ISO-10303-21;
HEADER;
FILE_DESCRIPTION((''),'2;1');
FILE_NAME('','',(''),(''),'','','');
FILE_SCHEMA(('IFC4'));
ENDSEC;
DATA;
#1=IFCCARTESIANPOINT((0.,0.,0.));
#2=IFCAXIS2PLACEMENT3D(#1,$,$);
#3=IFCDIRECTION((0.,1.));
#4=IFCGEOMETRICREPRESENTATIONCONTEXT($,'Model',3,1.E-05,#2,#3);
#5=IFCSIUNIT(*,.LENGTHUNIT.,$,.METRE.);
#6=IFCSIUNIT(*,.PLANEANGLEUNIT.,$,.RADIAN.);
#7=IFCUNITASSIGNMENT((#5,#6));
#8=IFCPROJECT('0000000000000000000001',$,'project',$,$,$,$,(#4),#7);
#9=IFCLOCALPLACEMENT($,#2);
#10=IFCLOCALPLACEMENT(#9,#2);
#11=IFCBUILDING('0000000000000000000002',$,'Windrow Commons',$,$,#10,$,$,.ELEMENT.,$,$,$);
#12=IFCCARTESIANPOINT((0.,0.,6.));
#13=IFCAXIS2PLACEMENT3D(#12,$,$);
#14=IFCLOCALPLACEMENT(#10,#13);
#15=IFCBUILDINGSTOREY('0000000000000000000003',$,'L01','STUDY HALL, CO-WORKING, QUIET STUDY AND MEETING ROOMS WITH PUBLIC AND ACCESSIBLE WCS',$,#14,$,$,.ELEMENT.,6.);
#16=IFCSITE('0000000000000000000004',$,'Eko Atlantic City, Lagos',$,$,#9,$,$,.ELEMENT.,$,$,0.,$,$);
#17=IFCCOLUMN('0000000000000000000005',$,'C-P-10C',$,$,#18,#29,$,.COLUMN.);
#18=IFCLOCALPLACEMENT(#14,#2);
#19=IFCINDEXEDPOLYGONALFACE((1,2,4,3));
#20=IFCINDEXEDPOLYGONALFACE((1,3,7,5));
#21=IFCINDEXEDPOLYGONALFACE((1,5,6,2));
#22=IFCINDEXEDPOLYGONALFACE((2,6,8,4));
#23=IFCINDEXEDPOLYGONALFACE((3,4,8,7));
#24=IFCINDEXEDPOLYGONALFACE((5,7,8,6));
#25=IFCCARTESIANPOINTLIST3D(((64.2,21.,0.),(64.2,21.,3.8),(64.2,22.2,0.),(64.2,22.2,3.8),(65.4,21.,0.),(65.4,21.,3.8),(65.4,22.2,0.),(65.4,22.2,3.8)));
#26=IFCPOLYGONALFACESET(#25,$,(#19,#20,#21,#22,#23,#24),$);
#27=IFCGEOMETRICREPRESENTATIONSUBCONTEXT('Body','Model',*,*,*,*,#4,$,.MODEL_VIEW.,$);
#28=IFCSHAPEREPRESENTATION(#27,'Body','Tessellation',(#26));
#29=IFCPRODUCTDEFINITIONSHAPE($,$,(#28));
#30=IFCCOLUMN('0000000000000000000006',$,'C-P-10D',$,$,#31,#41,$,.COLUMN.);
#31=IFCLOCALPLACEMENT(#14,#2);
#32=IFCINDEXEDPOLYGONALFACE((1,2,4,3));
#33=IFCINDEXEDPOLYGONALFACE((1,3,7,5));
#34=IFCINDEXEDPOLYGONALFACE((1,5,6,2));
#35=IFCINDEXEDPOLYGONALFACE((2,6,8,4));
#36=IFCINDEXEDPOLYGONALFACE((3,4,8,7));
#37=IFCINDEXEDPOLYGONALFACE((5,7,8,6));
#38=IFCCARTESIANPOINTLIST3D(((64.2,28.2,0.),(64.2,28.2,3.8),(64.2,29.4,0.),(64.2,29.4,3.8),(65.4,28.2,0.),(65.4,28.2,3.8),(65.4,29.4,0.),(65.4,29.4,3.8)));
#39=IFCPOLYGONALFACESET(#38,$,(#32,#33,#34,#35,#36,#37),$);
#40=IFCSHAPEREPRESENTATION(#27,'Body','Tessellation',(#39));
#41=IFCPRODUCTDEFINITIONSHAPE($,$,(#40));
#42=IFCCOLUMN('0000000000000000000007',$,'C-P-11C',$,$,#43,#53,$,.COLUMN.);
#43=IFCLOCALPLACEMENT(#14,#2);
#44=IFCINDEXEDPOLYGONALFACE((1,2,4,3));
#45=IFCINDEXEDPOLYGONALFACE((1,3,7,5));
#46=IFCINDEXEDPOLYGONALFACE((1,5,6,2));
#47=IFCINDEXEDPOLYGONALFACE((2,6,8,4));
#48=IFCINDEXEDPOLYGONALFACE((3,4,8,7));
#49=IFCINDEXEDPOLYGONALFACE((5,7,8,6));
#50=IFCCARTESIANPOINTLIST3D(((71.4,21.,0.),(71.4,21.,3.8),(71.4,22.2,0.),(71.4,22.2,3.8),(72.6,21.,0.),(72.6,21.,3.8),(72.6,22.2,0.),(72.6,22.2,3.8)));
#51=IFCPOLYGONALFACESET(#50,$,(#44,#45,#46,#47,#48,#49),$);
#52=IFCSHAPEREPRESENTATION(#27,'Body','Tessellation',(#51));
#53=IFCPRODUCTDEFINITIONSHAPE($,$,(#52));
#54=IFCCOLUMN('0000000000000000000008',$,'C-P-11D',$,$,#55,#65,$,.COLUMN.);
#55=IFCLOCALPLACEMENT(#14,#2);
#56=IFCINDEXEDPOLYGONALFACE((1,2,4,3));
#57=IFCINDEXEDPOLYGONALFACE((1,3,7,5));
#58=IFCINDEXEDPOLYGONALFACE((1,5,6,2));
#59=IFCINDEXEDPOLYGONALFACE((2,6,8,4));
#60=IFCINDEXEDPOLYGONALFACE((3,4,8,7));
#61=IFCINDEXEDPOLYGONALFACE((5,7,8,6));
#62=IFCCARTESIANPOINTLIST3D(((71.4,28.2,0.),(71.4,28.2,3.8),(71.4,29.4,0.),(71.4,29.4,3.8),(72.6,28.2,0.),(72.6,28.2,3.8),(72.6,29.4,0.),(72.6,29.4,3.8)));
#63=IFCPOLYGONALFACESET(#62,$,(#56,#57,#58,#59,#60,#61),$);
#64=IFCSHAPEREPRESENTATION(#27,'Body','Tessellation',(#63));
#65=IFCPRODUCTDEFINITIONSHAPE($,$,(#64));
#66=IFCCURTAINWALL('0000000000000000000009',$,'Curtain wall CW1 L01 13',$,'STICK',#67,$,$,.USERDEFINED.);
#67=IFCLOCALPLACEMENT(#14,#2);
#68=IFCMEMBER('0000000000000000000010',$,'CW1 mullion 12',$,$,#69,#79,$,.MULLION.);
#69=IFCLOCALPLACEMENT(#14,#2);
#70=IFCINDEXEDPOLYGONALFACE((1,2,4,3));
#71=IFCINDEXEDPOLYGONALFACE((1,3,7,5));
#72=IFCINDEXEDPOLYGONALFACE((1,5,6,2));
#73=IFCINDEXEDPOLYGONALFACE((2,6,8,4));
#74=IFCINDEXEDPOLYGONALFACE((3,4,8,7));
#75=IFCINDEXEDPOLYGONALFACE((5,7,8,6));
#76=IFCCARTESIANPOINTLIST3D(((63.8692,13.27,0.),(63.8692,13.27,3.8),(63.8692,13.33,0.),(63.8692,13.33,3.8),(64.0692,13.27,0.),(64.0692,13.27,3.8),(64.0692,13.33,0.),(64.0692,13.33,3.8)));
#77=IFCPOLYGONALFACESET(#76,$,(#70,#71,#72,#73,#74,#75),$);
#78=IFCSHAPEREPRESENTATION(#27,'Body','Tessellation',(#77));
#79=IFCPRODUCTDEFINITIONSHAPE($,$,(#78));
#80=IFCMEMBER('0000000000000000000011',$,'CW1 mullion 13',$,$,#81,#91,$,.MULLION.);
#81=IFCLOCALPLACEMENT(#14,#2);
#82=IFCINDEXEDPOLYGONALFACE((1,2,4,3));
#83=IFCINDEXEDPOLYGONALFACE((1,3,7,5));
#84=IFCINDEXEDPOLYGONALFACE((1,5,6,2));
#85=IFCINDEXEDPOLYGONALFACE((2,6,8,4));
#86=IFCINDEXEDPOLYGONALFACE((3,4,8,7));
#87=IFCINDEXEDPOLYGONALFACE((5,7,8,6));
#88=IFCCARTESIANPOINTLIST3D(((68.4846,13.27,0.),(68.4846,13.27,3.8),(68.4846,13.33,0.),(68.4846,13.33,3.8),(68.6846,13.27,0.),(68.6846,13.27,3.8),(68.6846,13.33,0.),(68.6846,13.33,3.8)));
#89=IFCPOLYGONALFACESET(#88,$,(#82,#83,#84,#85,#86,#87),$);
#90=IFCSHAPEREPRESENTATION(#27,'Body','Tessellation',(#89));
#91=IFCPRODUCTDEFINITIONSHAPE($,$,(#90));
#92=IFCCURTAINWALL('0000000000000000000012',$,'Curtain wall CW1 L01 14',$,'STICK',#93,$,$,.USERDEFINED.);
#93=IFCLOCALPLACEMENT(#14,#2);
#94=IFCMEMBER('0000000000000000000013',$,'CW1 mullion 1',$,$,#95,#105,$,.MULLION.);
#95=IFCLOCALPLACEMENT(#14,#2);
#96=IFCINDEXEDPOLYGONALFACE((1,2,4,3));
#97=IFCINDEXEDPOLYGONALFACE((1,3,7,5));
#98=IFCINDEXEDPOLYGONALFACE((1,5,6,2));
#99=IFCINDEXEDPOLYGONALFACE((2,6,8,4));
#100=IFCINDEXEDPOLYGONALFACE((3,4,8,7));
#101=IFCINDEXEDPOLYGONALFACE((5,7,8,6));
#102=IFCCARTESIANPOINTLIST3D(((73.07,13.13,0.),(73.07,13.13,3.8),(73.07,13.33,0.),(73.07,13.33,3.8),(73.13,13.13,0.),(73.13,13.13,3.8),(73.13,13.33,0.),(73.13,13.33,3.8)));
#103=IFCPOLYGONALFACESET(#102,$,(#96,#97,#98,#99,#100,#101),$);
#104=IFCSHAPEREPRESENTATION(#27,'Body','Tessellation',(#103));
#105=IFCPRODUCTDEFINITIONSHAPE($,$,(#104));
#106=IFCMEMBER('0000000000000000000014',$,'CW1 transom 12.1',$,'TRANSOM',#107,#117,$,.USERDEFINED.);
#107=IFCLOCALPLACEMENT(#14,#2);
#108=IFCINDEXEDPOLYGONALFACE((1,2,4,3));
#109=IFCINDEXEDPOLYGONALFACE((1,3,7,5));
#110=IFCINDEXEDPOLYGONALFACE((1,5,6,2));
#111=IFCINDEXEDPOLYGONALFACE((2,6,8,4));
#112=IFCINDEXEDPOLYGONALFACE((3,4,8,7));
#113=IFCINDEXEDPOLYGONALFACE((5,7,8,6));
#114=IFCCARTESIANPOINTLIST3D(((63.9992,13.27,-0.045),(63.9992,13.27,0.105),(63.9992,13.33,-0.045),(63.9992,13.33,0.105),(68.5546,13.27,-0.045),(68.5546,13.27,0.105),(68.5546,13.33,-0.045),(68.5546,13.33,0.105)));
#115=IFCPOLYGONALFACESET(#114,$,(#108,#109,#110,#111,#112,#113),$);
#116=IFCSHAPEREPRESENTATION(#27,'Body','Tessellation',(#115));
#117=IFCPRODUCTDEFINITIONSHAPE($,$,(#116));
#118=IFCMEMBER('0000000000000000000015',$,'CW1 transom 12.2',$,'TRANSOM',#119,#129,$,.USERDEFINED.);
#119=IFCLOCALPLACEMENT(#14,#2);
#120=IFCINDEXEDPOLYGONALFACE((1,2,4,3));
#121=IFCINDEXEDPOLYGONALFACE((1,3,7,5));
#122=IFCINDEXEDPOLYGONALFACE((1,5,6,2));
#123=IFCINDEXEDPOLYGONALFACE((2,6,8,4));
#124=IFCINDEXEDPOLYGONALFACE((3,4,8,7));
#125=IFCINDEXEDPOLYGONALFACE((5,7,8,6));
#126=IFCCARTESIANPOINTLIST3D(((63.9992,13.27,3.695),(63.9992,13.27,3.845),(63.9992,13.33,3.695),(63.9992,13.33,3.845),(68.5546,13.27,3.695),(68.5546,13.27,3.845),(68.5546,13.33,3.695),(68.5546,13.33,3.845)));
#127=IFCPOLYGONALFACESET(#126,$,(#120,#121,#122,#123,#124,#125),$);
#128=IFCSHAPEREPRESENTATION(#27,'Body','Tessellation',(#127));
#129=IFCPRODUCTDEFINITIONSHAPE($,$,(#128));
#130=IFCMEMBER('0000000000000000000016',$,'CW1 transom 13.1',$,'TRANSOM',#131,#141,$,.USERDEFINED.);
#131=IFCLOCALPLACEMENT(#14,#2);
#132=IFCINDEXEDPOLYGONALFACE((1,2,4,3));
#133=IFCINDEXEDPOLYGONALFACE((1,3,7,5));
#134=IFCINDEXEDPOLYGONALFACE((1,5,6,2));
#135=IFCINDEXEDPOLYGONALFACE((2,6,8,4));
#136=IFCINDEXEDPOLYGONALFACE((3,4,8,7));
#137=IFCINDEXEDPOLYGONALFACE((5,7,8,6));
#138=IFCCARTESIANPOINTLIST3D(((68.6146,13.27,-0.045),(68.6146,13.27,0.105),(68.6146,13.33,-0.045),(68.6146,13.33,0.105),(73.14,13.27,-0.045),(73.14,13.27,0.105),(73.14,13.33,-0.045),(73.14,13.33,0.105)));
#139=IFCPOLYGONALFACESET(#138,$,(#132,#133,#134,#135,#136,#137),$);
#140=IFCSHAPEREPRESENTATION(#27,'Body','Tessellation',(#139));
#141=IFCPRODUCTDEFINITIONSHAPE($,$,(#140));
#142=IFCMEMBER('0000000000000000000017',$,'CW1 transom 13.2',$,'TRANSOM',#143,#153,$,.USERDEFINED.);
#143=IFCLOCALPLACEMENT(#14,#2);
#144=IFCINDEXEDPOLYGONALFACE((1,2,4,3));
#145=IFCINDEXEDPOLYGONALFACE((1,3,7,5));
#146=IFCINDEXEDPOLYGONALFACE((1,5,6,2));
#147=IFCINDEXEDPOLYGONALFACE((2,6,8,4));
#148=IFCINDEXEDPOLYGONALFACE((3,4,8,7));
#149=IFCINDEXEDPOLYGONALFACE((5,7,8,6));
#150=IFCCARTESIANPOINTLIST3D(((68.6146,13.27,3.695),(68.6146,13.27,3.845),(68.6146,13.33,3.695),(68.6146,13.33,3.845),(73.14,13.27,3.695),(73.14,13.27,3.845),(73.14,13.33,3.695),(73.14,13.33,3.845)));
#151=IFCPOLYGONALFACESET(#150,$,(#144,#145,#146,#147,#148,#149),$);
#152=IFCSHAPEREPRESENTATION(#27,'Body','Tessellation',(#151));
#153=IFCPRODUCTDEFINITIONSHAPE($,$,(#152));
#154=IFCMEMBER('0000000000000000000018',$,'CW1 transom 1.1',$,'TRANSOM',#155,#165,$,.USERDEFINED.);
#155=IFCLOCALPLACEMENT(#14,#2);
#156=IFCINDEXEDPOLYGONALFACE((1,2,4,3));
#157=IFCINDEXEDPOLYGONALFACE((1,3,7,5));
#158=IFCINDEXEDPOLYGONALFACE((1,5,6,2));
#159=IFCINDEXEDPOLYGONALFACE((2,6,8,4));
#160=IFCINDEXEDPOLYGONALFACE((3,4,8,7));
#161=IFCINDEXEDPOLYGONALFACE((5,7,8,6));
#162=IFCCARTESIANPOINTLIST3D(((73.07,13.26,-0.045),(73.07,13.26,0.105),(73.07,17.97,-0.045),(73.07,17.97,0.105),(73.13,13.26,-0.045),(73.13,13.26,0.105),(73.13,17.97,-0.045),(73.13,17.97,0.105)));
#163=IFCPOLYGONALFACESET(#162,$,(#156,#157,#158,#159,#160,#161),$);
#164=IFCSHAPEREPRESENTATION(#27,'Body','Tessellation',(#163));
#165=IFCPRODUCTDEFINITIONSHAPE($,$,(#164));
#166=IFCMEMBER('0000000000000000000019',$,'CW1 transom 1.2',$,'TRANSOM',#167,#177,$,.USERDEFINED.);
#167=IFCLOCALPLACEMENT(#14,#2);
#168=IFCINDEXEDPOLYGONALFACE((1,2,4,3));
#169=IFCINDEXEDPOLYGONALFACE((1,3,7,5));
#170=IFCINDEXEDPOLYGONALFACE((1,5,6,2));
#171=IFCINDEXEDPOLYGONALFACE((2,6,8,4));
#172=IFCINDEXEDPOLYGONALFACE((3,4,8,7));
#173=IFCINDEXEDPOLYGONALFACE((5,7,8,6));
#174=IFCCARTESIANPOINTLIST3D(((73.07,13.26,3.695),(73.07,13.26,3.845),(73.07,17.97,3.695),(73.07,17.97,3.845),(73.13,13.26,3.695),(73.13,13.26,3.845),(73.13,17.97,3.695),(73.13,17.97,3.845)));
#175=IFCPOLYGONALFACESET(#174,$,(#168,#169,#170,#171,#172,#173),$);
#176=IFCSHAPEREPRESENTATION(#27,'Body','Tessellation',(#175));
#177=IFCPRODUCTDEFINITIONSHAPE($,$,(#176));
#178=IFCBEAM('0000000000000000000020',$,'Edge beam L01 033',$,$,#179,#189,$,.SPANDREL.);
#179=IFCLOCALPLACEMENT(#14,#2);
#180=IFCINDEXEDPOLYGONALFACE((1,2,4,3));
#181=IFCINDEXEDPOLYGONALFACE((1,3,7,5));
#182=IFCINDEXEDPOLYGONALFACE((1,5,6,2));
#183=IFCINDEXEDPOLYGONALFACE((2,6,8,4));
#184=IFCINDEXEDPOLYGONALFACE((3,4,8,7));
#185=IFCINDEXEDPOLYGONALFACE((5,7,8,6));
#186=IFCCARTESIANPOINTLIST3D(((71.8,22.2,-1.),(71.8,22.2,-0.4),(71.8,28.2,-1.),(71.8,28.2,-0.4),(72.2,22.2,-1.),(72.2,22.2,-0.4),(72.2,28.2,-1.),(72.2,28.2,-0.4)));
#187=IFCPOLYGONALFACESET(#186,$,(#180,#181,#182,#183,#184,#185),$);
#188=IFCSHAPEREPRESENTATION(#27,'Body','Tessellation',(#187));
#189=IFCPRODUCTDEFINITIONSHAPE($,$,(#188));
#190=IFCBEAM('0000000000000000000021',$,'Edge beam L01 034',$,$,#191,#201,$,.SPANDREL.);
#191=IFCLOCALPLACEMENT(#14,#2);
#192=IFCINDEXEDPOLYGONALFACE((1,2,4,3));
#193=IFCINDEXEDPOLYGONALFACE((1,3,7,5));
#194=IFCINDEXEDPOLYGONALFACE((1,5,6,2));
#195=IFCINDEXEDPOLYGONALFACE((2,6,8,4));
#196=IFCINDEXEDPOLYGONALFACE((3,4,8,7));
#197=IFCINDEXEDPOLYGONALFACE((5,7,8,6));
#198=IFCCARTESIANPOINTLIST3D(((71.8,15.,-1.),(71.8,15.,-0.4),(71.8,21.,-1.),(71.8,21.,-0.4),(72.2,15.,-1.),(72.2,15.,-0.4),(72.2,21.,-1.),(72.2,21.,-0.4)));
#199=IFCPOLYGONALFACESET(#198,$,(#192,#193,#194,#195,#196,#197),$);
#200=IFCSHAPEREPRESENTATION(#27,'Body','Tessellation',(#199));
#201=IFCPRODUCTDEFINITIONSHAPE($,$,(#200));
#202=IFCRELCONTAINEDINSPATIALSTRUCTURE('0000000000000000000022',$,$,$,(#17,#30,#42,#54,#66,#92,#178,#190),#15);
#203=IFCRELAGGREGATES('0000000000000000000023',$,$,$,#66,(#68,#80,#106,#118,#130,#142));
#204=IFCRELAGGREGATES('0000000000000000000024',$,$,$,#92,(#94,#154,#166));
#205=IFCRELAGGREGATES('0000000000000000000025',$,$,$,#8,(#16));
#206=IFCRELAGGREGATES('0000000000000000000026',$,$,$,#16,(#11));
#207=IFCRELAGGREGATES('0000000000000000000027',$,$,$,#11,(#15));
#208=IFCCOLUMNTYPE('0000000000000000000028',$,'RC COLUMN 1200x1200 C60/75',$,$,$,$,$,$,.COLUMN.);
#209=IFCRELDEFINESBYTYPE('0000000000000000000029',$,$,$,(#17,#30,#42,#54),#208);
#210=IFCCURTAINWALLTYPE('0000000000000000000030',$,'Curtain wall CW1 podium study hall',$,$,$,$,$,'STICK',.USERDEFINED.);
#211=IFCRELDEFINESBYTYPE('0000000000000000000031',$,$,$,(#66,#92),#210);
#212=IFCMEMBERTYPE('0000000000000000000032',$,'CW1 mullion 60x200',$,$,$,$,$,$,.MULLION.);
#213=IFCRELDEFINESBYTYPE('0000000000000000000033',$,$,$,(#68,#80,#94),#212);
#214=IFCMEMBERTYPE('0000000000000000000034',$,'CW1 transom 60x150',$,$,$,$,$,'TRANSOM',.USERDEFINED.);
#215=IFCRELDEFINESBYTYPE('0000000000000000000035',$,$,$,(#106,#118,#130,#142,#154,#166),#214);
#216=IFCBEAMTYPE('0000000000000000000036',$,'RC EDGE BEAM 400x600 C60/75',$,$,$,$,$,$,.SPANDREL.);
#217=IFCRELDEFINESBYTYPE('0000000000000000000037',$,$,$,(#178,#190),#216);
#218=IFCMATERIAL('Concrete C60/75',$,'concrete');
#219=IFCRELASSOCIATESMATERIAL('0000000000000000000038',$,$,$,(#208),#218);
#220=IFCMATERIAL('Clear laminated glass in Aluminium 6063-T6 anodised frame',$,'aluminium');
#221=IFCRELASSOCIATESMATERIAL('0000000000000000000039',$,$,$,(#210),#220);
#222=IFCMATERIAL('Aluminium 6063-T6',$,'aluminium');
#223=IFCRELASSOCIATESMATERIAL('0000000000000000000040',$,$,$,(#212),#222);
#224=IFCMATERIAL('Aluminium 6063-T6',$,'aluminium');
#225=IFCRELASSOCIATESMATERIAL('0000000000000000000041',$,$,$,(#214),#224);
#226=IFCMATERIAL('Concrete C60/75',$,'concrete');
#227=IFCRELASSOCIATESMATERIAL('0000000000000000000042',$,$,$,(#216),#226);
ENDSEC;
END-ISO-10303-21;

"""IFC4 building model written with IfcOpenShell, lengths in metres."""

from ifc_helpers import new_model, si_unit, direction, frame, origin, origin_2d, place, context, subcontext, project, spatial, rectangle, extrude, material, material_profile, profile_set, type_object, element, aggregate, save


model = new_model("IFC4")

# Units and contexts
model_context = context("Model", 3, precision=1e-05, world=origin(), true_north=direction((0.0, 1.0)))
body_context = subcontext(model_context, "Body", "Model", "MODEL_VIEW")
ifc_project = project(units=[si_unit("LENGTHUNIT", "METRE"), si_unit("PLANEANGLEUNIT", "RADIAN")], contexts=[model_context])

# Site, building, storey
site_placement = place(None, origin())
site = spatial("IfcSite", under=ifc_project, at=site_placement, Name="Eko Atlantic City, Lagos", CompositionType="ELEMENT", RefElevation=0.0)
building_placement = place(site_placement, origin())
building = spatial("IfcBuilding", under=site, at=building_placement, Name="Windrow Commons", CompositionType="ELEMENT")
storey_placement = place(building_placement, frame((0.0, 0.0, 6.0)))
storey = spatial("IfcBuildingStorey", under=building, at=storey_placement, Name="L01", Description="STUDY HALL, CO-WORKING, QUIET STUDY AND MEETING ROOMS WITH PUBLIC AND ACCESSIBLE WCS", CompositionType="ELEMENT", Elevation=6.0)

# Columns
ifc_material_1 = material(Name="Concrete C60/75", Category="concrete")
ifc_material_profile_1 = material_profile(ifc_material_1, rectangle(XDim=1.2, YDim=1.2, at=origin_2d()))
ifc_profile_set_1 = profile_set([ifc_material_profile_1], Name="Concrete C60/75")
column_type = type_object("IfcColumnType", Name="RC COLUMN 1200x1200 C60/75", PredefinedType="COLUMN", material=ifc_profile_set_1)
for number, where, z_axis, x_axis, name in (
    (1, (64.8, 21.6, 0.0), (0.0, 0.0, 1.0), (1.0, 0.0, 0.0), "C-P-10C"),
    (2, (64.8, 28.8, 0.0), (0.0, 0.0, 1.0), (1.0, 0.0, 0.0), "C-P-10D"),
    (3, (72.0, 21.6, 0.0), (0.0, 0.0, 1.0), (1.0, 0.0, 0.0), "C-P-11C"),
    (4, (72.0, 28.8, 0.0), (0.0, 0.0, 1.0), (1.0, 0.0, 0.0), "C-P-11D"),
):
    element("IfcColumn", number, at=place(storey_placement, frame(where, z_axis=z_axis, x_axis=x_axis)), inside=storey, type_object=column_type, Name=name, PredefinedType="COLUMN", context=body_context, shape_type="SweptSolid", body=[
        extrude(rectangle(XDim=1.2, YDim=1.2, at=origin_2d()), origin(), (0.0, 0.0, 1.0), 3.8),
    ])

# Curtain wall, members
ifc_material_2 = material(Name="Clear laminated glass in Aluminium 6063-T6 anodised frame", Category="aluminium")
curtain_wall_type = type_object("IfcCurtainWallType", Name="Curtain wall CW1 podium study hall", ElementType="STICK", PredefinedType="USERDEFINED", material=ifc_material_2)
placement = place(storey_placement, origin())
curtain_wall_1 = element("IfcCurtainWall", 5, at=placement, inside=storey, type_object=curtain_wall_type, Name="Curtain wall CW1 L01 13", ObjectType="STICK", PredefinedType="USERDEFINED")
ifc_material_3 = material(Name="Aluminium 6063-T6", Category="aluminium")
ifc_material_profile_2 = material_profile(ifc_material_3, rectangle(XDim=0.06, YDim=0.2, at=origin_2d()))
ifc_profile_set_2 = profile_set([ifc_material_profile_2], Name="Aluminium 6063-T6")
member_type_1 = type_object("IfcMemberType", Name="CW1 mullion 60x200", PredefinedType="MULLION", material=ifc_profile_set_2)
member_1_placement = place(storey_placement, frame((63.9692, 13.3, 0.0), z_axis=(0.0, 0.0, 1.0), x_axis=(0.0, 1.0, 0.0)))
member_1 = element("IfcMember", 6, at=member_1_placement, type_object=member_type_1, Name="CW1 mullion 12", PredefinedType="MULLION", context=body_context, shape_type="SweptSolid", body=[
    extrude(rectangle(XDim=0.06, YDim=0.2, at=origin_2d()), origin(), (0.0, 0.0, 1.0), 3.8),
])
member_2_placement = place(storey_placement, frame((68.5846, 13.3, 0.0), z_axis=(0.0, 0.0, 1.0), x_axis=(0.0, 1.0, 0.0)))
member_2 = element("IfcMember", 7, at=member_2_placement, type_object=member_type_1, Name="CW1 mullion 13", PredefinedType="MULLION", context=body_context, shape_type="SweptSolid", body=[
    extrude(rectangle(XDim=0.06, YDim=0.2, at=origin_2d()), origin(), (0.0, 0.0, 1.0), 3.8),
])

# Curtain wall, member
curtain_wall_2 = element("IfcCurtainWall", 8, at=placement, inside=storey, type_object=curtain_wall_type, Name="Curtain wall CW1 L01 14", ObjectType="STICK", PredefinedType="USERDEFINED")
member_3_placement = place(storey_placement, frame((73.1, 13.23, 0.0), z_axis=(0.0, 0.0, 1.0), x_axis=(-1.0, 0.0, 0.0)))
member_3 = element("IfcMember", 9, at=member_3_placement, type_object=member_type_1, Name="CW1 mullion 1", PredefinedType="MULLION", context=body_context, shape_type="SweptSolid", body=[
    extrude(rectangle(XDim=0.06, YDim=0.2, at=origin_2d()), origin(), (0.0, 0.0, 1.0), 3.8),
])

# Members
ifc_material_4 = material(Name="Aluminium 6063-T6", Category="aluminium")
ifc_material_profile_3 = material_profile(ifc_material_4, rectangle(XDim=0.06, YDim=0.15, at=origin_2d()))
ifc_profile_set_3 = profile_set([ifc_material_profile_3], Name="Aluminium 6063-T6")
member_type_2 = type_object("IfcMemberType", Name="CW1 transom 60x150", ElementType="TRANSOM", PredefinedType="USERDEFINED", material=ifc_profile_set_3)
member_4_placement = place(storey_placement, frame((63.9992, 13.3, 0.03), z_axis=(1.0, 0.0, 0.0), x_axis=(0.0, 1.0, 0.0)))
member_4 = element("IfcMember", 10, at=member_4_placement, type_object=member_type_2, Name="CW1 transom 12.1", ObjectType="TRANSOM", PredefinedType="USERDEFINED", context=body_context, shape_type="SweptSolid", body=[
    extrude(rectangle(XDim=0.06, YDim=0.15, at=origin_2d()), origin(), (0.0, 0.0, 1.0), 4.5554),
])
member_5_placement = place(storey_placement, frame((63.9992, 13.3, 3.77), z_axis=(1.0, 0.0, 0.0), x_axis=(0.0, 1.0, 0.0)))
member_5 = element("IfcMember", 11, at=member_5_placement, type_object=member_type_2, Name="CW1 transom 12.2", ObjectType="TRANSOM", PredefinedType="USERDEFINED", context=body_context, shape_type="SweptSolid", body=[
    extrude(rectangle(XDim=0.06, YDim=0.15, at=origin_2d()), origin(), (0.0, 0.0, 1.0), 4.5554),
])
member_6_placement = place(storey_placement, frame((68.6146, 13.3, 0.03), z_axis=(1.0, 0.0, 0.0), x_axis=(0.0, 1.0, 0.0)))
member_6 = element("IfcMember", 12, at=member_6_placement, type_object=member_type_2, Name="CW1 transom 13.1", ObjectType="TRANSOM", PredefinedType="USERDEFINED", context=body_context, shape_type="SweptSolid", body=[
    extrude(rectangle(XDim=0.06, YDim=0.15, at=origin_2d()), origin(), (0.0, 0.0, 1.0), 4.5254),
])
member_7_placement = place(storey_placement, frame((68.6146, 13.3, 3.77), z_axis=(1.0, 0.0, 0.0), x_axis=(0.0, 1.0, 0.0)))
member_7 = element("IfcMember", 13, at=member_7_placement, type_object=member_type_2, Name="CW1 transom 13.2", ObjectType="TRANSOM", PredefinedType="USERDEFINED", context=body_context, shape_type="SweptSolid", body=[
    extrude(rectangle(XDim=0.06, YDim=0.15, at=origin_2d()), origin(), (0.0, 0.0, 1.0), 4.5254),
])
member_8_placement = place(storey_placement, frame((73.1, 13.26, 0.03), z_axis=(0.0, 1.0, 0.0), x_axis=(-1.0, 0.0, 0.0)))
member_8 = element("IfcMember", 14, at=member_8_placement, type_object=member_type_2, Name="CW1 transom 1.1", ObjectType="TRANSOM", PredefinedType="USERDEFINED", context=body_context, shape_type="SweptSolid", body=[
    extrude(rectangle(XDim=0.06, YDim=0.15, at=origin_2d()), origin(), (0.0, 0.0, 1.0), 4.71),
])
member_9_placement = place(storey_placement, frame((73.1, 13.26, 3.77), z_axis=(0.0, 1.0, 0.0), x_axis=(-1.0, 0.0, 0.0)))
member_9 = element("IfcMember", 15, at=member_9_placement, type_object=member_type_2, Name="CW1 transom 1.2", ObjectType="TRANSOM", PredefinedType="USERDEFINED", context=body_context, shape_type="SweptSolid", body=[
    extrude(rectangle(XDim=0.06, YDim=0.15, at=origin_2d()), origin(), (0.0, 0.0, 1.0), 4.71),
])

# Beams
ifc_material_5 = material(Name="Concrete C60/75", Category="concrete")
ifc_material_profile_4 = material_profile(ifc_material_5, rectangle(XDim=0.4, YDim=0.6, at=origin_2d()))
ifc_profile_set_4 = profile_set([ifc_material_profile_4], Name="Concrete C60/75")
beam_type = type_object("IfcBeamType", Name="RC EDGE BEAM 400x600 C60/75", PredefinedType="SPANDREL", material=ifc_profile_set_4)
for number, where, z_axis, x_axis, name in (
    (16, (72.0, 28.2, -0.7), (0.0, -1.0, 0.0), (1.0, 0.0, 0.0), "Edge beam L01 033"),
    (17, (72.0, 21.0, -0.7), (0.0, -1.0, 0.0), (1.0, 0.0, 0.0), "Edge beam L01 034"),
):
    element("IfcBeam", number, at=place(storey_placement, frame(where, z_axis=z_axis, x_axis=x_axis)), inside=storey, type_object=beam_type, Name=name, PredefinedType="SPANDREL", context=body_context, shape_type="SweptSolid", body=[
        extrude(rectangle(XDim=0.4, YDim=0.6, at=origin_2d()), origin(), (0.0, 0.0, 1.0), 6.0),
    ])

aggregate(curtain_wall_1, [member_1, member_2, member_4, member_5, member_6, member_7])
aggregate(curtain_wall_2, [member_3, member_8, member_9])

save(model, "model.ifc")
